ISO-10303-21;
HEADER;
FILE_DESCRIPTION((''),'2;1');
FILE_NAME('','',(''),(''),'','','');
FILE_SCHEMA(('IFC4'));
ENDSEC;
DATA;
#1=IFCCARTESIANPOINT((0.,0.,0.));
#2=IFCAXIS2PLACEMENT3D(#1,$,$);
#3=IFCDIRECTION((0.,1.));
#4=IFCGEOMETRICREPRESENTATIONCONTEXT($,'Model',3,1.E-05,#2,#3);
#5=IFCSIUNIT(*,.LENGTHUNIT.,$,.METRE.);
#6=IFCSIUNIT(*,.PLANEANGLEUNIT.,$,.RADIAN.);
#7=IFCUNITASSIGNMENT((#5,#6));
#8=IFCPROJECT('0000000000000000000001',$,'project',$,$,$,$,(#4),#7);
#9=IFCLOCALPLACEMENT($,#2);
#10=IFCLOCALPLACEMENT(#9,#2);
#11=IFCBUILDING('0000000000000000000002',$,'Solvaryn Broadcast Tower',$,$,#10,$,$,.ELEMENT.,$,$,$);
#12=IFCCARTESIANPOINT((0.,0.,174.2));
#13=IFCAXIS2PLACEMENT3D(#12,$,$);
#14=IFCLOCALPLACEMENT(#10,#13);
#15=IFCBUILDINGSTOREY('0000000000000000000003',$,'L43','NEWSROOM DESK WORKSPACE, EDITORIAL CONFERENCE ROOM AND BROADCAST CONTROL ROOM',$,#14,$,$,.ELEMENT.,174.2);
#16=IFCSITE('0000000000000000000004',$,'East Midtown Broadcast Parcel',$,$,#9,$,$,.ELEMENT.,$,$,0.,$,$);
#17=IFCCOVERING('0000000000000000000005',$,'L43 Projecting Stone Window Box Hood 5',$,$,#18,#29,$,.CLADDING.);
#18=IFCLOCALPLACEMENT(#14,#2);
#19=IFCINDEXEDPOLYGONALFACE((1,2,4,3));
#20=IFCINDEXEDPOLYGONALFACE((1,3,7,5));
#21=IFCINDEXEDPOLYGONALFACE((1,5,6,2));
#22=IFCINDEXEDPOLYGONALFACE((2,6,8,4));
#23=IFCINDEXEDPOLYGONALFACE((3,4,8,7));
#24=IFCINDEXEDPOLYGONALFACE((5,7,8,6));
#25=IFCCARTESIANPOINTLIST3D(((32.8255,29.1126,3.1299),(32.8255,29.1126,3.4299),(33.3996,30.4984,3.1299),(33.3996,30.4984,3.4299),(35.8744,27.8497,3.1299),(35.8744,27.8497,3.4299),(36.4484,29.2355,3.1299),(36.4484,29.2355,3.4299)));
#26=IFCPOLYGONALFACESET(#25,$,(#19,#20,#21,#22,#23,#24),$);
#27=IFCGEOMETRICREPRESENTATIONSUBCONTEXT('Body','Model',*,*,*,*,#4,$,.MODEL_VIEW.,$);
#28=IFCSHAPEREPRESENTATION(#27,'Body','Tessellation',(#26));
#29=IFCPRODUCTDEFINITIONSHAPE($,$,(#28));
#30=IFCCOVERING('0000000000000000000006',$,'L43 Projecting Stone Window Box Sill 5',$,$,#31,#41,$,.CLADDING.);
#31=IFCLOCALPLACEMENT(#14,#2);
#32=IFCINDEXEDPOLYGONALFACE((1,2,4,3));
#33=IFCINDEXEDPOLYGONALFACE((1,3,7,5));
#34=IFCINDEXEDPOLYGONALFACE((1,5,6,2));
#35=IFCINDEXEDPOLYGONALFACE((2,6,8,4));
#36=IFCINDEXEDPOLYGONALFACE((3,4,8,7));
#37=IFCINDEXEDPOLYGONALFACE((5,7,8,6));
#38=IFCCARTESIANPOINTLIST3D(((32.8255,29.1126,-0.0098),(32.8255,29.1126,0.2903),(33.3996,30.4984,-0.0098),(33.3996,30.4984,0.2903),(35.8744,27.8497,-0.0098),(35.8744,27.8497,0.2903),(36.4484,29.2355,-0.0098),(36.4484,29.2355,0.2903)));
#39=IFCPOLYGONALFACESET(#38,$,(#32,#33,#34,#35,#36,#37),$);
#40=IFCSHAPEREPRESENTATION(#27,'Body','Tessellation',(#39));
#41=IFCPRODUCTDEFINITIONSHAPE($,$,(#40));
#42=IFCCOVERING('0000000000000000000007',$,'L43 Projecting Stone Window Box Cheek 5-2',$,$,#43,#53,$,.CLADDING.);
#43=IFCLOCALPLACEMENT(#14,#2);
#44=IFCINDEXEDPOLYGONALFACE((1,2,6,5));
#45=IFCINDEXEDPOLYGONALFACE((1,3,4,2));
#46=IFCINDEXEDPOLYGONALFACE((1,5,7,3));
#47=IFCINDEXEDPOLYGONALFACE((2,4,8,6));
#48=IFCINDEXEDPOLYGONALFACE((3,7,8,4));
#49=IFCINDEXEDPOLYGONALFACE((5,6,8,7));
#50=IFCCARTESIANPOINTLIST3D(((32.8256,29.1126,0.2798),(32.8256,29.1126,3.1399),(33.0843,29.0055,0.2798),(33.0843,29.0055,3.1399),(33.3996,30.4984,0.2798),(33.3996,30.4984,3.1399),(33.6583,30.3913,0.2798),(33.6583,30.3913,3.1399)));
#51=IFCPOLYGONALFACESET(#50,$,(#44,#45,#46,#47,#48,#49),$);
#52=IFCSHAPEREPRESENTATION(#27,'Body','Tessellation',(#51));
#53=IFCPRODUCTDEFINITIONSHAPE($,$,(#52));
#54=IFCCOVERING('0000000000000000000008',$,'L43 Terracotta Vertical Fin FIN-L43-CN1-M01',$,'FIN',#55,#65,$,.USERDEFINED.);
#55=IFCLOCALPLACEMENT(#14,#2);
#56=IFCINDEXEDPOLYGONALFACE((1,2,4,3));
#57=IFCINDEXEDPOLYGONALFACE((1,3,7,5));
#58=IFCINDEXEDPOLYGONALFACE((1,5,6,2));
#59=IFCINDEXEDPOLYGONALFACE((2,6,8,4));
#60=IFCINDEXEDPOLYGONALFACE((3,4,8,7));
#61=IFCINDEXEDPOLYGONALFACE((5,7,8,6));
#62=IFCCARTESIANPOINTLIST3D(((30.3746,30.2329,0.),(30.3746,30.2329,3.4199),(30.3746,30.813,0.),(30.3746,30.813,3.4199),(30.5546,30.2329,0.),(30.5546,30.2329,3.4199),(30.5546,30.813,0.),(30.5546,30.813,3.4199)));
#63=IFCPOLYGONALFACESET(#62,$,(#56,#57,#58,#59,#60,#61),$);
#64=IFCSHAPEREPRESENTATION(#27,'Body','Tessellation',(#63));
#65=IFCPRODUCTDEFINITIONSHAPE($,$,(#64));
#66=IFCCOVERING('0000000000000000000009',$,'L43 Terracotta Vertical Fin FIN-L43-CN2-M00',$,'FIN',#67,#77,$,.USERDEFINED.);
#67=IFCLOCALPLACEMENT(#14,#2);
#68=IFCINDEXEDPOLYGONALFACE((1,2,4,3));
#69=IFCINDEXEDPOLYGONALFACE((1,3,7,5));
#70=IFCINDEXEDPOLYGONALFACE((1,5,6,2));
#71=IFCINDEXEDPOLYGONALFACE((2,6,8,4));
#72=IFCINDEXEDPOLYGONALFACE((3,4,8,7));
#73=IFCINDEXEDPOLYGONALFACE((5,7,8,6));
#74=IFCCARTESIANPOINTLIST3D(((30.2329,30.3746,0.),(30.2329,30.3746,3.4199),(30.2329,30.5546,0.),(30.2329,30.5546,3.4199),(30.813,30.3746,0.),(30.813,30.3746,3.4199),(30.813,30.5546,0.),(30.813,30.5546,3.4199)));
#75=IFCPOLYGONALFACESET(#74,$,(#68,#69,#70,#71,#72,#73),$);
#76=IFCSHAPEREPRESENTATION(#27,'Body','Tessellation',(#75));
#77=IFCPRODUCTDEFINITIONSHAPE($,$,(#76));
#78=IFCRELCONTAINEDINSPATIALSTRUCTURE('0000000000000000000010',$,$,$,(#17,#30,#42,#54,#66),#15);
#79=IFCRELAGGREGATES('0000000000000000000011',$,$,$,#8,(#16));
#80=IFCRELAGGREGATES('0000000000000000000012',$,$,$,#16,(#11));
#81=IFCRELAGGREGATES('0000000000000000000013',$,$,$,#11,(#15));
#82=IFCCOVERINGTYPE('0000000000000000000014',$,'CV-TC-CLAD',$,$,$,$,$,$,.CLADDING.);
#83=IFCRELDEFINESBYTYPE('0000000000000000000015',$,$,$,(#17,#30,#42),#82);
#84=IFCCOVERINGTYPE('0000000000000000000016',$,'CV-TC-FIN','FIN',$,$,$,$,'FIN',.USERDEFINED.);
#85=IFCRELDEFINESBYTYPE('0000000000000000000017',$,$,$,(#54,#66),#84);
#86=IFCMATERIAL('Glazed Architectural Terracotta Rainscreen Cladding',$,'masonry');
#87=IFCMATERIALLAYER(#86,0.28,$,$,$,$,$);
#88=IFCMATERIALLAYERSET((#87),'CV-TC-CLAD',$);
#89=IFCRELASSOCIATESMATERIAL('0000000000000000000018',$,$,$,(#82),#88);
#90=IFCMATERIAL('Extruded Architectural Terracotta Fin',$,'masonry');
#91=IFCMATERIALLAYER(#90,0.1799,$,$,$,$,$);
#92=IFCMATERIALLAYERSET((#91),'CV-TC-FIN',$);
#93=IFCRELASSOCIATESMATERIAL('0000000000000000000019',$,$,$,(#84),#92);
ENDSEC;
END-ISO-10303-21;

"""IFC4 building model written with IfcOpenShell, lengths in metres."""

from ifc_helpers import new_model, si_unit, direction, frame, origin, origin_2d, place, context, subcontext, project, spatial, rectangle, extrude, material, layer, layer_set, type_object, element, save


model = new_model("IFC4")

# Units and contexts
model_context = context("Model", 3, precision=1e-05, world=origin(), true_north=direction((0.0, 1.0)))
body_context = subcontext(model_context, "Body", "Model", "MODEL_VIEW")
ifc_project = project(units=[si_unit("LENGTHUNIT", "METRE"), si_unit("PLANEANGLEUNIT", "RADIAN")], contexts=[model_context])

# Site, building, storey
site_placement = place(None, origin())
site = spatial("IfcSite", under=ifc_project, at=site_placement, Name="East Midtown Broadcast Parcel", CompositionType="ELEMENT", RefElevation=0.0)
building_placement = place(site_placement, origin())
building = spatial("IfcBuilding", under=site, at=building_placement, Name="Solvaryn Broadcast Tower", CompositionType="ELEMENT")
storey_placement = place(building_placement, frame((0.0, 0.0, 174.2)))
storey = spatial("IfcBuildingStorey", under=building, at=storey_placement, Name="L43", Description="NEWSROOM DESK WORKSPACE, EDITORIAL CONFERENCE ROOM AND BROADCAST CONTROL ROOM", CompositionType="ELEMENT", Elevation=174.2)

# Coverings
ifc_material_1 = material(Name="Glazed Architectural Terracotta Rainscreen Cladding", Category="masonry")
ifc_layer_1 = layer(ifc_material_1, 0.28)
ifc_layer_set_1 = layer_set([ifc_layer_1], Name="CV-TC-CLAD")
covering_type_1 = type_object("IfcCoveringType", Name="CV-TC-CLAD", PredefinedType="CLADDING", material=ifc_layer_set_1)
for number, where, z_axis, x_axis, name in (
    (1, (34.637, 29.1741, 3.1299), (0.0, 0.0, 1.0), (-0.92388, 0.382683, 0.0), "L43 Projecting Stone Window Box Hood 5"),
    (2, (34.637, 29.1741, -0.0098), (0.0, 0.0, 1.0), (-0.92388, 0.382683, 0.0), "L43 Projecting Stone Window Box Sill 5"),
):
    element("IfcCovering", number, at=place(storey_placement, frame(where, z_axis=z_axis, x_axis=x_axis)), inside=storey, type_object=covering_type_1, Name=name, PredefinedType="CLADDING", context=body_context, shape_type="SweptSolid", body=[
        extrude(rectangle(XDim=3.3, YDim=1.5, at=origin_2d()), origin(), (0.0, 0.0, 1.0), 0.3),
    ])
covering_1_placement = place(storey_placement, frame((33.2419, 29.752, 0.2798), z_axis=(0.0, 0.0, 1.0), x_axis=(-0.92388, 0.382683, 0.0)))
element("IfcCovering", 3, at=covering_1_placement, inside=storey, type_object=covering_type_1, Name="L43 Projecting Stone Window Box Cheek 5-2", PredefinedType="CLADDING", context=body_context, shape_type="SweptSolid", body=[
    extrude(rectangle(XDim=0.28, YDim=1.5, at=origin_2d()), origin(), (0.0, 0.0, 1.0), 2.8601),
])
ifc_material_2 = material(Name="Extruded Architectural Terracotta Fin", Category="masonry")
ifc_layer_2 = layer(ifc_material_2, 0.1799)
ifc_layer_set_2 = layer_set([ifc_layer_2], Name="CV-TC-FIN")
covering_type_2 = type_object("IfcCoveringType", Name="CV-TC-FIN", Description="FIN", ElementType="FIN", PredefinedType="USERDEFINED", material=ifc_layer_set_2)
covering_2_placement = place(storey_placement, frame((30.4646, 30.5229, 0.0), z_axis=(0.0, 0.0, 1.0), x_axis=(1.0, 0.0, 0.0)))
element("IfcCovering", 4, at=covering_2_placement, inside=storey, type_object=covering_type_2, Name="L43 Terracotta Vertical Fin FIN-L43-CN1-M01", ObjectType="FIN", PredefinedType="USERDEFINED", context=body_context, shape_type="SweptSolid", body=[
    extrude(rectangle(XDim=0.1799, YDim=0.5801, at=origin_2d()), origin(), (0.0, 0.0, 1.0), 3.4199),
])
covering_3_placement = place(storey_placement, frame((30.5229, 30.4646, 0.0), z_axis=(0.0, 0.0, 1.0), x_axis=(1.0, 0.0, 0.0)))
element("IfcCovering", 5, at=covering_3_placement, inside=storey, type_object=covering_type_2, Name="L43 Terracotta Vertical Fin FIN-L43-CN2-M00", ObjectType="FIN", PredefinedType="USERDEFINED", context=body_context, shape_type="SweptSolid", body=[
    extrude(rectangle(XDim=0.5801, YDim=0.1799, at=origin_2d()), origin(), (0.0, 0.0, 1.0), 3.4199),
])

save(model, "model.ifc")
